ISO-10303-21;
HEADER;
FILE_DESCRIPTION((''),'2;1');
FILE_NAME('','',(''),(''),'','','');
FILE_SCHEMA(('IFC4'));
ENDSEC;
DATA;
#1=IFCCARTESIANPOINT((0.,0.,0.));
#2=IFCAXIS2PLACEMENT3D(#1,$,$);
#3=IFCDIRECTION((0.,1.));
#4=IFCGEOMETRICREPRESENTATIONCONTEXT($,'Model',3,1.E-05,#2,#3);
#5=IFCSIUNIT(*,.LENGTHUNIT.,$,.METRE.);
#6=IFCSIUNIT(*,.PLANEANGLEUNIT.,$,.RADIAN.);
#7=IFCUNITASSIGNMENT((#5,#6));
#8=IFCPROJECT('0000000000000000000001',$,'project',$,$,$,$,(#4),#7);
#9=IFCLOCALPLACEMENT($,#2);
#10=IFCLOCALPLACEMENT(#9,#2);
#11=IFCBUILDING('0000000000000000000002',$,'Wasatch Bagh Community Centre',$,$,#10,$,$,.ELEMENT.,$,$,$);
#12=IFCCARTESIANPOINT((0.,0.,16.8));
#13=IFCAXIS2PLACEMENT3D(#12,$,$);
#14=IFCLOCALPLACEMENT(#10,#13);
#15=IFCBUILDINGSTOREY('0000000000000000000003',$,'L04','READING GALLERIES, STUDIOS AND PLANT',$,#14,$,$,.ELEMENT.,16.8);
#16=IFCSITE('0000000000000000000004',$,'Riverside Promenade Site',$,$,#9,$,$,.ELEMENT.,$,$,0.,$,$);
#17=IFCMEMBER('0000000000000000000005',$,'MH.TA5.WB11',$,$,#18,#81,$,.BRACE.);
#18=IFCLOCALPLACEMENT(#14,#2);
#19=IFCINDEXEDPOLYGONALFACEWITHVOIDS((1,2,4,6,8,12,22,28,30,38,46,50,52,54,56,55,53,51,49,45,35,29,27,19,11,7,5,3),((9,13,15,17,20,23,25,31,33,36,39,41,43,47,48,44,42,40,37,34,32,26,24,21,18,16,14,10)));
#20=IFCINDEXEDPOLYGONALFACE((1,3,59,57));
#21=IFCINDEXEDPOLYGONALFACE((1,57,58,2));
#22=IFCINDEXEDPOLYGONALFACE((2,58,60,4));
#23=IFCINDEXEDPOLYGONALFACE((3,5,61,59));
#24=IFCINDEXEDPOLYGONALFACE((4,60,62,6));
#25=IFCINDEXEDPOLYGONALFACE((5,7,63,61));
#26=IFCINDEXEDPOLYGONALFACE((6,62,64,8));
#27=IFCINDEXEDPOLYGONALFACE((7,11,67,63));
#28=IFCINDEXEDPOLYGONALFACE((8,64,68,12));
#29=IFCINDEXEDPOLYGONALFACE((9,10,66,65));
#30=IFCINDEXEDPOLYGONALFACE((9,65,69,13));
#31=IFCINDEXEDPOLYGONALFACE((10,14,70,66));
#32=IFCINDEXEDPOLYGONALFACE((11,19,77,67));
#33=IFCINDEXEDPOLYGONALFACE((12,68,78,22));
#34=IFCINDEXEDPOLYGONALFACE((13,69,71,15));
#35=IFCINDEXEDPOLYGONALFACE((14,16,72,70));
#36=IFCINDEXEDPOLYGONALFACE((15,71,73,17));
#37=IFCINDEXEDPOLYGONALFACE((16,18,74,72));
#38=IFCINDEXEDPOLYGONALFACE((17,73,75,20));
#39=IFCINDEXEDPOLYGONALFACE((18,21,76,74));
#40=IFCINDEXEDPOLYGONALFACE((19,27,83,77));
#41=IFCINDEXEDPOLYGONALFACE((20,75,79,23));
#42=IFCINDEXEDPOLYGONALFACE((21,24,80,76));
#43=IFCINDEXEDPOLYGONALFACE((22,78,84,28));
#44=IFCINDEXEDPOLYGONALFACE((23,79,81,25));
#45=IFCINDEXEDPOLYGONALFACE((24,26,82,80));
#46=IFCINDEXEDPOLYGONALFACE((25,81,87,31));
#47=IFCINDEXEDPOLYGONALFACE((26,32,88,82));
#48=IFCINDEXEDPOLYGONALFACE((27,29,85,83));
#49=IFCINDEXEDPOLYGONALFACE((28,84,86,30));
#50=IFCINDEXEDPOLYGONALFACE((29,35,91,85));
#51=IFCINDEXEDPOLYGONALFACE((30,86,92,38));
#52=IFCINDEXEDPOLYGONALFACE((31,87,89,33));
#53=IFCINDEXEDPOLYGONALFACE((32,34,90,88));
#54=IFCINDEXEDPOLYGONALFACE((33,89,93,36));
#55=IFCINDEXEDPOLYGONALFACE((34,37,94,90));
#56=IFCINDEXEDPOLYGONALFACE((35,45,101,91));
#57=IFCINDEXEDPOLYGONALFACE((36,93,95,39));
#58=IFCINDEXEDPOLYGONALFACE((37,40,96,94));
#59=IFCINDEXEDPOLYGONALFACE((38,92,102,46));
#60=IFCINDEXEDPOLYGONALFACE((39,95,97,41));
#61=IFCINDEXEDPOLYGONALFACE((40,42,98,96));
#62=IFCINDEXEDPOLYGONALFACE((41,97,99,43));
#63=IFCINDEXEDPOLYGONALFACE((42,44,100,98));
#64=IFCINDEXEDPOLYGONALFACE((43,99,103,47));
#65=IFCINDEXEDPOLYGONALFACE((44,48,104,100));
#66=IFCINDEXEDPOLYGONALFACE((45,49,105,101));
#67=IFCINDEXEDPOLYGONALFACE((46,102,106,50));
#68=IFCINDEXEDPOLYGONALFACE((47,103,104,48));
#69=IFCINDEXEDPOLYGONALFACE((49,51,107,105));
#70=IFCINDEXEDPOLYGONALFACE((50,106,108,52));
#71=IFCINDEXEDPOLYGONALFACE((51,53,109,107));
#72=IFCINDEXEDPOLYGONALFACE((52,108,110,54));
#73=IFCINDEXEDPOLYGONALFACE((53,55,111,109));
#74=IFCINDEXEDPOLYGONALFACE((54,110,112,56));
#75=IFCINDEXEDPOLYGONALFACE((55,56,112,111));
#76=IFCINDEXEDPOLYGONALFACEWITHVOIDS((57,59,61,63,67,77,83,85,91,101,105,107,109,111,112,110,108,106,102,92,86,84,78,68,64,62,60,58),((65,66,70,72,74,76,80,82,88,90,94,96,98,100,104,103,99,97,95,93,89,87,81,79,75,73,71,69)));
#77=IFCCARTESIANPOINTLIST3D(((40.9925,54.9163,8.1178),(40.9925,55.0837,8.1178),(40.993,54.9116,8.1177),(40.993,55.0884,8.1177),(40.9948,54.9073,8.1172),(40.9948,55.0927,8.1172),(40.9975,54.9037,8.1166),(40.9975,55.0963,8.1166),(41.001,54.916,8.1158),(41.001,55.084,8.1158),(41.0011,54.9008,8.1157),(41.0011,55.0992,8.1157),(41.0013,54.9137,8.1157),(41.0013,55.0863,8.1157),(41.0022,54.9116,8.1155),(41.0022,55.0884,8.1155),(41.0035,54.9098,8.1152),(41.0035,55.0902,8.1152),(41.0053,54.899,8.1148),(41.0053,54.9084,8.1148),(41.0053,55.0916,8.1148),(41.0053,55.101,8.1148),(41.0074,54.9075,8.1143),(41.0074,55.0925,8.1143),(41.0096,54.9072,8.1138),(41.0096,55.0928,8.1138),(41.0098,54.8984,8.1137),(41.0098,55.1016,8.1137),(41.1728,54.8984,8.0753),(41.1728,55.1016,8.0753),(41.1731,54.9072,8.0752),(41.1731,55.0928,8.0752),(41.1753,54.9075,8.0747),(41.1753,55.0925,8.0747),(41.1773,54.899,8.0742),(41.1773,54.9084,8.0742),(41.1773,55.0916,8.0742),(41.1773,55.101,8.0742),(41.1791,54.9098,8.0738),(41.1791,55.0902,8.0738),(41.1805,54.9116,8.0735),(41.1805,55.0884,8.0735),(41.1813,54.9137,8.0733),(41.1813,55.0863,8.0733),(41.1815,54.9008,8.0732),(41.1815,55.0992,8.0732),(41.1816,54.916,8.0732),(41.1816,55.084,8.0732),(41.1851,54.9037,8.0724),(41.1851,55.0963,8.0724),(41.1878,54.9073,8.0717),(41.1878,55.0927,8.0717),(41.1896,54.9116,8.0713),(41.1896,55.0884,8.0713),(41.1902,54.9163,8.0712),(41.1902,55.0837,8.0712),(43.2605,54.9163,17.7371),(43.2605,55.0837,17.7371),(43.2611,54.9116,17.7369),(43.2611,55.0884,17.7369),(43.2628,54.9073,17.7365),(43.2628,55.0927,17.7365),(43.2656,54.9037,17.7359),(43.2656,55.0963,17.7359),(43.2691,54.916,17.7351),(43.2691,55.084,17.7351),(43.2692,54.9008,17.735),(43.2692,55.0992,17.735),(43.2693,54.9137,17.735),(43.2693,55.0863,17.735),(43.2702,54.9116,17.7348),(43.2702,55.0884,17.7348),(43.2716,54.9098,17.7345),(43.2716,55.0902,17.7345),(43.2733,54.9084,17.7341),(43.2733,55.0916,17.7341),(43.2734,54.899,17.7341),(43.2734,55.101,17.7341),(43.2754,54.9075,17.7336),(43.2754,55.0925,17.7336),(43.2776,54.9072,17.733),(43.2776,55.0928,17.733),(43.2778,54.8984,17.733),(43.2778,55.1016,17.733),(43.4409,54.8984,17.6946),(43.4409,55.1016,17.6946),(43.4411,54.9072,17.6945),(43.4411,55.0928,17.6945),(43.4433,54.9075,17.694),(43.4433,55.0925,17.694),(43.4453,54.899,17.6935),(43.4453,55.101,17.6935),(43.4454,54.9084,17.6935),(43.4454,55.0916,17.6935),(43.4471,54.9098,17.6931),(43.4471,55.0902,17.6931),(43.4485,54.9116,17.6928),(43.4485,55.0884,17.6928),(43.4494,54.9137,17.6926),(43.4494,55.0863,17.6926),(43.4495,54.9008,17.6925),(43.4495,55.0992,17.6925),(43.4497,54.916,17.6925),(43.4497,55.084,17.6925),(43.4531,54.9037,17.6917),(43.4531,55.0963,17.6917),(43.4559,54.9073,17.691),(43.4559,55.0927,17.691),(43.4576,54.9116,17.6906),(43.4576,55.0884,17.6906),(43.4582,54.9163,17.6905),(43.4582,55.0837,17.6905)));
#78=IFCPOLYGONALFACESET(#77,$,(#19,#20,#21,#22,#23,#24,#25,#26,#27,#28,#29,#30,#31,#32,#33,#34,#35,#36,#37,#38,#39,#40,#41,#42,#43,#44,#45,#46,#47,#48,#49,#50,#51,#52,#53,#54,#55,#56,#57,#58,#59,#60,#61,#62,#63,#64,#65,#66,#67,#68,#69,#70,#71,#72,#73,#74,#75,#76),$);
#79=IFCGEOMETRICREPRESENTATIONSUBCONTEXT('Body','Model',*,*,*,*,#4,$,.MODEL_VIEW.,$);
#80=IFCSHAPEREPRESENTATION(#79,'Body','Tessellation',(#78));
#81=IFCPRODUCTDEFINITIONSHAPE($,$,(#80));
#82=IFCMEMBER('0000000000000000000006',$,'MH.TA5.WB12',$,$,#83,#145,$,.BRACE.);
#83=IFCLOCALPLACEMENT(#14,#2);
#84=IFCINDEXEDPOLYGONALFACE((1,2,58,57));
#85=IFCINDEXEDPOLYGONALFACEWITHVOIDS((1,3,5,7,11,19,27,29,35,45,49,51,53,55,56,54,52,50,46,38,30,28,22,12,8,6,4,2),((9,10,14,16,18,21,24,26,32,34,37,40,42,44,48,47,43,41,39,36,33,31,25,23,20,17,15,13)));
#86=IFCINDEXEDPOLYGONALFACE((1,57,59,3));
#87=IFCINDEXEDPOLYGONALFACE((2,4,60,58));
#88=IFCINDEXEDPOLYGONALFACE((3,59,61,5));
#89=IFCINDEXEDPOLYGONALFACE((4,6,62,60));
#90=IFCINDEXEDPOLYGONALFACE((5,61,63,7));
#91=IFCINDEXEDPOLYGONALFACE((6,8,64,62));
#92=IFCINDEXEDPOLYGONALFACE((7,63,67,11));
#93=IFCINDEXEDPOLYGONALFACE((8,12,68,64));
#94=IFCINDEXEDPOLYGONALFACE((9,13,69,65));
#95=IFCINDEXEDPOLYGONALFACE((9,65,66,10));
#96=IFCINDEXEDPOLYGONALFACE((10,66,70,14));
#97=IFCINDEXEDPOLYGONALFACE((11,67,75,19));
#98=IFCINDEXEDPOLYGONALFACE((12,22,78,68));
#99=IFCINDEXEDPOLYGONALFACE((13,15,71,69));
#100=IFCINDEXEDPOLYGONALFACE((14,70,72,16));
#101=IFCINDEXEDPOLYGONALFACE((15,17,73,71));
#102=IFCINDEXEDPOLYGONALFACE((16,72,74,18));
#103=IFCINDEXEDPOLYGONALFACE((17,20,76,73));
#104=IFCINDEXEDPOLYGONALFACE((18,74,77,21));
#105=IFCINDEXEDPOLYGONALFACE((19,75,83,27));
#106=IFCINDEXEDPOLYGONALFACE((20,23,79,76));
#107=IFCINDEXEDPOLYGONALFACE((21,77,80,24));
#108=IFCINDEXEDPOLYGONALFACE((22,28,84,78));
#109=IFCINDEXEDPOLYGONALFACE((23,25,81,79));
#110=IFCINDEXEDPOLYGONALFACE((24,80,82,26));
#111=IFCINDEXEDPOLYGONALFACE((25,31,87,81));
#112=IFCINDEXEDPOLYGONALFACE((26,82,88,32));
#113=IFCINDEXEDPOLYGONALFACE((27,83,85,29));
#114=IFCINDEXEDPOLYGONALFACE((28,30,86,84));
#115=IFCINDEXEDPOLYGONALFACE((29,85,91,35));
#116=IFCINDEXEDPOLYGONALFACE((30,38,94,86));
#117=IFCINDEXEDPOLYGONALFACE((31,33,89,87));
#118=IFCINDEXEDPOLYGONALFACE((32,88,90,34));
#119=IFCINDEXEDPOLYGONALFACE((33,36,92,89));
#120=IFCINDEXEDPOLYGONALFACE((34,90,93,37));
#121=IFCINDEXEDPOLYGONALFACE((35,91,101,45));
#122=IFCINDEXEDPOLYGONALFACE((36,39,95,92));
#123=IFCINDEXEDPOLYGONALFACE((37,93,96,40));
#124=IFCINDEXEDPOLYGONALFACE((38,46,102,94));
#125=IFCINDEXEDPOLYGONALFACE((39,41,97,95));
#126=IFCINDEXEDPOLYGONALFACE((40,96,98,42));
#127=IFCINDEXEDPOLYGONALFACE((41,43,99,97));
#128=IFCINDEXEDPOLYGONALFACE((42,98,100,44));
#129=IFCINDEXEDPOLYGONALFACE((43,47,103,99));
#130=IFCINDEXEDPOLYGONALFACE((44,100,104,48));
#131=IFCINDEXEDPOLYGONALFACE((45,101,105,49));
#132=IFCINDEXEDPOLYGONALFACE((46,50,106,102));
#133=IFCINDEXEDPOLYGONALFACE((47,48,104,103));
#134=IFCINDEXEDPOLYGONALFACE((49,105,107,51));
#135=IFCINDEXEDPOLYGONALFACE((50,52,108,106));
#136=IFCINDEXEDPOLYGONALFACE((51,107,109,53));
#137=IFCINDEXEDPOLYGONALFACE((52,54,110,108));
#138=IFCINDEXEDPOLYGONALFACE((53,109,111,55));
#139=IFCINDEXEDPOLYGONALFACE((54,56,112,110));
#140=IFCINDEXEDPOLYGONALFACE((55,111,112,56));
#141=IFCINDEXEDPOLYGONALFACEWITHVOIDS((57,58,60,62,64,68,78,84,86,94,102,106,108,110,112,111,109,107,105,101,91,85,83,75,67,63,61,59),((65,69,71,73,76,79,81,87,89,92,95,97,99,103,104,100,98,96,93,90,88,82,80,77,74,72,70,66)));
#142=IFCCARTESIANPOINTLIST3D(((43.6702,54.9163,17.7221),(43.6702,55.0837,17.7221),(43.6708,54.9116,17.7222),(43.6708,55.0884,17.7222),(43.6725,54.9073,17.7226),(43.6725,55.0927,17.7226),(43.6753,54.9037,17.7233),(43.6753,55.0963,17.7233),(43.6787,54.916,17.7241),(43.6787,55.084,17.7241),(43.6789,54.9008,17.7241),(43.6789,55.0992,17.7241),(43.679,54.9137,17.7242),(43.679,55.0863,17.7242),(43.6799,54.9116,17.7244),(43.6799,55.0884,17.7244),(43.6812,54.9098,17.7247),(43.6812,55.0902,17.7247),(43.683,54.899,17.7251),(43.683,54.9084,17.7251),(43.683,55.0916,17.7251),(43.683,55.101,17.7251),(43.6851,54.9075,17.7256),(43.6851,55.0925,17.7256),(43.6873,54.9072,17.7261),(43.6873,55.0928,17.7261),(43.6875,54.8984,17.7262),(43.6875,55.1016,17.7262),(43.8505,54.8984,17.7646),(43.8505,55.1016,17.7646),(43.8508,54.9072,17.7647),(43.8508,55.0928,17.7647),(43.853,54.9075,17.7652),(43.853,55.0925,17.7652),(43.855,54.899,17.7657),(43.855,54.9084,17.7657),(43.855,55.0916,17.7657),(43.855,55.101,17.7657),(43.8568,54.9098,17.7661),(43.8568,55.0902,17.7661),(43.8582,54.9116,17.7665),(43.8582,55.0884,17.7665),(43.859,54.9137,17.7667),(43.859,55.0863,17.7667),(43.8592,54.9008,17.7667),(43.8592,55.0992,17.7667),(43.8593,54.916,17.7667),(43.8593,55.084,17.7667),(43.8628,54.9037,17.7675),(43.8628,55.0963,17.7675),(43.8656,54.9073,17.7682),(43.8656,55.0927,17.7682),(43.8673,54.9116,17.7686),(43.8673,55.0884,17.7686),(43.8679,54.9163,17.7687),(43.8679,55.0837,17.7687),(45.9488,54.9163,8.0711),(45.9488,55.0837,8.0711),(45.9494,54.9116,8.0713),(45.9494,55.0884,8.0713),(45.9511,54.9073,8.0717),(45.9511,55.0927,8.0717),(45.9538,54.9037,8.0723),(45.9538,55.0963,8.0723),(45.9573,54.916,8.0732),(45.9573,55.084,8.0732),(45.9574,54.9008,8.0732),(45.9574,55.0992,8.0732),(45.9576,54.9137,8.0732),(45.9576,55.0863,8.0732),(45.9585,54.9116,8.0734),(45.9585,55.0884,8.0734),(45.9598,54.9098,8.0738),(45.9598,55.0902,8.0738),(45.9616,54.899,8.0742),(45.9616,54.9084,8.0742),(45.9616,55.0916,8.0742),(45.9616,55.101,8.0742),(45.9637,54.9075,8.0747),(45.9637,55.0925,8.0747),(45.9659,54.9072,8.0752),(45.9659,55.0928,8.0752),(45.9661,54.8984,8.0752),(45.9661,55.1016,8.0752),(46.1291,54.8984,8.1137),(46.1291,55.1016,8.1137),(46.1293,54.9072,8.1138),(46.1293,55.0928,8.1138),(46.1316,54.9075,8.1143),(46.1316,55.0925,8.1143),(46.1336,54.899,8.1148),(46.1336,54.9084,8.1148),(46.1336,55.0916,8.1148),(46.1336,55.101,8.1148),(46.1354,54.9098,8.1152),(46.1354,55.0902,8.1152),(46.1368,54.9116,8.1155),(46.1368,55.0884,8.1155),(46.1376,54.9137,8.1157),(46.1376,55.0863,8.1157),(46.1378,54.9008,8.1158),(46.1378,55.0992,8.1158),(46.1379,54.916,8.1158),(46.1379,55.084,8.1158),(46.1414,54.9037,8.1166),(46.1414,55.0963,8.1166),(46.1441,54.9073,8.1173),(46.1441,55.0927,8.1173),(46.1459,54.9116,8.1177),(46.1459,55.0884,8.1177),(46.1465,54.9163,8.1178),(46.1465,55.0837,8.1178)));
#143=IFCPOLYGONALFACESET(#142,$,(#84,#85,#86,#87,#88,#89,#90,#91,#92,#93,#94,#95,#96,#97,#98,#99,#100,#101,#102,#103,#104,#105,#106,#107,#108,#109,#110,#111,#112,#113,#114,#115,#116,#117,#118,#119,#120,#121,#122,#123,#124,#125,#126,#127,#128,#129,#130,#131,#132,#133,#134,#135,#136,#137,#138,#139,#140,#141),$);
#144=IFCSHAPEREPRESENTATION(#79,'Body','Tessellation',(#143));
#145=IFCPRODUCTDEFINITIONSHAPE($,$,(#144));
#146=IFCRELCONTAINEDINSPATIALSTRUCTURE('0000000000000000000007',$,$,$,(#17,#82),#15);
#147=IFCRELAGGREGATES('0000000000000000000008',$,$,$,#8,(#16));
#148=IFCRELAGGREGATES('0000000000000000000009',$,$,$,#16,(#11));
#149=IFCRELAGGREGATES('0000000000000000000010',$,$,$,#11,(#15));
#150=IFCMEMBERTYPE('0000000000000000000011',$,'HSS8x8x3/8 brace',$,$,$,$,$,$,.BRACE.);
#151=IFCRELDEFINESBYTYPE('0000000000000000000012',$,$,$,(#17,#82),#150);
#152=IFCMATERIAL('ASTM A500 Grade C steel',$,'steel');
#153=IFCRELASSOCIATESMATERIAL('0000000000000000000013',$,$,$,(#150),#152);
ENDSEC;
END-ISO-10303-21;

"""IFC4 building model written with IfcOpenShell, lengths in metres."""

from ifc_helpers import new_model, si_unit, direction, frame, origin, origin_2d, place, context, subcontext, project, spatial, hollow_rectangle, extrude, material, material_profile, profile_set, type_object, element, save


model = new_model("IFC4")

# Units and contexts
model_context = context("Model", 3, precision=1e-05, world=origin(), true_north=direction((0.0, 1.0)))
body_context = subcontext(model_context, "Body", "Model", "MODEL_VIEW")
ifc_project = project(units=[si_unit("LENGTHUNIT", "METRE"), si_unit("PLANEANGLEUNIT", "RADIAN")], contexts=[model_context])

# Site, building, storey
site_placement = place(None, origin())
site = spatial("IfcSite", under=ifc_project, at=site_placement, Name="Riverside Promenade Site", CompositionType="ELEMENT", RefElevation=0.0)
building_placement = place(site_placement, origin())
building = spatial("IfcBuilding", under=site, at=building_placement, Name="Wasatch Bagh Community Centre", CompositionType="ELEMENT")
storey_placement = place(building_placement, frame((0.0, 0.0, 16.8)))
storey = spatial("IfcBuildingStorey", under=building, at=storey_placement, Name="L04", Description="READING GALLERIES, STUDIOS AND PLANT", CompositionType="ELEMENT", Elevation=16.8)

# Members
ifc_material_1 = material(Name="ASTM A500 Grade C steel", Category="steel")
ifc_material_profile_1 = material_profile(ifc_material_1, hollow_rectangle(XDim=0.2031, YDim=0.2031, WallThickness=0.0088, InnerFilletRadius=0.0088, OuterFilletRadius=0.0178, at=origin_2d()), Name="HSS8x8x3/8")
ifc_profile_set_1 = profile_set([ifc_material_profile_1], Name="ASTM A500 Grade C steel")
member_type_1 = type_object("IfcMemberType", Name="HSS8x8x3/8 brace", PredefinedType="BRACE", material=ifc_profile_set_1)
member_1_placement = place(storey_placement, frame((41.0913, 55.0, 8.0945), z_axis=(0.229488, 0.0, 0.973311), x_axis=(0.0, 1.0, 0.0)))
element("IfcMember", 1, at=member_1_placement, inside=storey, type_object=member_type_1, Name="MH.TA5.WB11", PredefinedType="BRACE", context=body_context, shape_type="SweptSolid", body=[
    extrude(hollow_rectangle(XDim=0.2031, YDim=0.2031, WallThickness=0.0088, InnerFilletRadius=0.0088, OuterFilletRadius=0.0178, at=origin_2d()), origin(), (0.0, 0.0, 1.0), 9.8831),
])
member_2_placement = place(storey_placement, frame((46.0476, 55.0, 8.0945), z_axis=(-0.229782, 0.0, 0.973242), x_axis=(0.0, -1.0, 0.0)))
element("IfcMember", 2, at=member_2_placement, inside=storey, type_object=member_type_1, Name="MH.TA5.WB12", PredefinedType="BRACE", context=body_context, shape_type="SweptSolid", body=[
    extrude(hollow_rectangle(XDim=0.2031, YDim=0.2031, WallThickness=0.0088, InnerFilletRadius=0.0088, OuterFilletRadius=0.0178, at=origin_2d()), origin(), (0.0, 0.0, 1.0), 9.9163),
])

save(model, "model.ifc")
